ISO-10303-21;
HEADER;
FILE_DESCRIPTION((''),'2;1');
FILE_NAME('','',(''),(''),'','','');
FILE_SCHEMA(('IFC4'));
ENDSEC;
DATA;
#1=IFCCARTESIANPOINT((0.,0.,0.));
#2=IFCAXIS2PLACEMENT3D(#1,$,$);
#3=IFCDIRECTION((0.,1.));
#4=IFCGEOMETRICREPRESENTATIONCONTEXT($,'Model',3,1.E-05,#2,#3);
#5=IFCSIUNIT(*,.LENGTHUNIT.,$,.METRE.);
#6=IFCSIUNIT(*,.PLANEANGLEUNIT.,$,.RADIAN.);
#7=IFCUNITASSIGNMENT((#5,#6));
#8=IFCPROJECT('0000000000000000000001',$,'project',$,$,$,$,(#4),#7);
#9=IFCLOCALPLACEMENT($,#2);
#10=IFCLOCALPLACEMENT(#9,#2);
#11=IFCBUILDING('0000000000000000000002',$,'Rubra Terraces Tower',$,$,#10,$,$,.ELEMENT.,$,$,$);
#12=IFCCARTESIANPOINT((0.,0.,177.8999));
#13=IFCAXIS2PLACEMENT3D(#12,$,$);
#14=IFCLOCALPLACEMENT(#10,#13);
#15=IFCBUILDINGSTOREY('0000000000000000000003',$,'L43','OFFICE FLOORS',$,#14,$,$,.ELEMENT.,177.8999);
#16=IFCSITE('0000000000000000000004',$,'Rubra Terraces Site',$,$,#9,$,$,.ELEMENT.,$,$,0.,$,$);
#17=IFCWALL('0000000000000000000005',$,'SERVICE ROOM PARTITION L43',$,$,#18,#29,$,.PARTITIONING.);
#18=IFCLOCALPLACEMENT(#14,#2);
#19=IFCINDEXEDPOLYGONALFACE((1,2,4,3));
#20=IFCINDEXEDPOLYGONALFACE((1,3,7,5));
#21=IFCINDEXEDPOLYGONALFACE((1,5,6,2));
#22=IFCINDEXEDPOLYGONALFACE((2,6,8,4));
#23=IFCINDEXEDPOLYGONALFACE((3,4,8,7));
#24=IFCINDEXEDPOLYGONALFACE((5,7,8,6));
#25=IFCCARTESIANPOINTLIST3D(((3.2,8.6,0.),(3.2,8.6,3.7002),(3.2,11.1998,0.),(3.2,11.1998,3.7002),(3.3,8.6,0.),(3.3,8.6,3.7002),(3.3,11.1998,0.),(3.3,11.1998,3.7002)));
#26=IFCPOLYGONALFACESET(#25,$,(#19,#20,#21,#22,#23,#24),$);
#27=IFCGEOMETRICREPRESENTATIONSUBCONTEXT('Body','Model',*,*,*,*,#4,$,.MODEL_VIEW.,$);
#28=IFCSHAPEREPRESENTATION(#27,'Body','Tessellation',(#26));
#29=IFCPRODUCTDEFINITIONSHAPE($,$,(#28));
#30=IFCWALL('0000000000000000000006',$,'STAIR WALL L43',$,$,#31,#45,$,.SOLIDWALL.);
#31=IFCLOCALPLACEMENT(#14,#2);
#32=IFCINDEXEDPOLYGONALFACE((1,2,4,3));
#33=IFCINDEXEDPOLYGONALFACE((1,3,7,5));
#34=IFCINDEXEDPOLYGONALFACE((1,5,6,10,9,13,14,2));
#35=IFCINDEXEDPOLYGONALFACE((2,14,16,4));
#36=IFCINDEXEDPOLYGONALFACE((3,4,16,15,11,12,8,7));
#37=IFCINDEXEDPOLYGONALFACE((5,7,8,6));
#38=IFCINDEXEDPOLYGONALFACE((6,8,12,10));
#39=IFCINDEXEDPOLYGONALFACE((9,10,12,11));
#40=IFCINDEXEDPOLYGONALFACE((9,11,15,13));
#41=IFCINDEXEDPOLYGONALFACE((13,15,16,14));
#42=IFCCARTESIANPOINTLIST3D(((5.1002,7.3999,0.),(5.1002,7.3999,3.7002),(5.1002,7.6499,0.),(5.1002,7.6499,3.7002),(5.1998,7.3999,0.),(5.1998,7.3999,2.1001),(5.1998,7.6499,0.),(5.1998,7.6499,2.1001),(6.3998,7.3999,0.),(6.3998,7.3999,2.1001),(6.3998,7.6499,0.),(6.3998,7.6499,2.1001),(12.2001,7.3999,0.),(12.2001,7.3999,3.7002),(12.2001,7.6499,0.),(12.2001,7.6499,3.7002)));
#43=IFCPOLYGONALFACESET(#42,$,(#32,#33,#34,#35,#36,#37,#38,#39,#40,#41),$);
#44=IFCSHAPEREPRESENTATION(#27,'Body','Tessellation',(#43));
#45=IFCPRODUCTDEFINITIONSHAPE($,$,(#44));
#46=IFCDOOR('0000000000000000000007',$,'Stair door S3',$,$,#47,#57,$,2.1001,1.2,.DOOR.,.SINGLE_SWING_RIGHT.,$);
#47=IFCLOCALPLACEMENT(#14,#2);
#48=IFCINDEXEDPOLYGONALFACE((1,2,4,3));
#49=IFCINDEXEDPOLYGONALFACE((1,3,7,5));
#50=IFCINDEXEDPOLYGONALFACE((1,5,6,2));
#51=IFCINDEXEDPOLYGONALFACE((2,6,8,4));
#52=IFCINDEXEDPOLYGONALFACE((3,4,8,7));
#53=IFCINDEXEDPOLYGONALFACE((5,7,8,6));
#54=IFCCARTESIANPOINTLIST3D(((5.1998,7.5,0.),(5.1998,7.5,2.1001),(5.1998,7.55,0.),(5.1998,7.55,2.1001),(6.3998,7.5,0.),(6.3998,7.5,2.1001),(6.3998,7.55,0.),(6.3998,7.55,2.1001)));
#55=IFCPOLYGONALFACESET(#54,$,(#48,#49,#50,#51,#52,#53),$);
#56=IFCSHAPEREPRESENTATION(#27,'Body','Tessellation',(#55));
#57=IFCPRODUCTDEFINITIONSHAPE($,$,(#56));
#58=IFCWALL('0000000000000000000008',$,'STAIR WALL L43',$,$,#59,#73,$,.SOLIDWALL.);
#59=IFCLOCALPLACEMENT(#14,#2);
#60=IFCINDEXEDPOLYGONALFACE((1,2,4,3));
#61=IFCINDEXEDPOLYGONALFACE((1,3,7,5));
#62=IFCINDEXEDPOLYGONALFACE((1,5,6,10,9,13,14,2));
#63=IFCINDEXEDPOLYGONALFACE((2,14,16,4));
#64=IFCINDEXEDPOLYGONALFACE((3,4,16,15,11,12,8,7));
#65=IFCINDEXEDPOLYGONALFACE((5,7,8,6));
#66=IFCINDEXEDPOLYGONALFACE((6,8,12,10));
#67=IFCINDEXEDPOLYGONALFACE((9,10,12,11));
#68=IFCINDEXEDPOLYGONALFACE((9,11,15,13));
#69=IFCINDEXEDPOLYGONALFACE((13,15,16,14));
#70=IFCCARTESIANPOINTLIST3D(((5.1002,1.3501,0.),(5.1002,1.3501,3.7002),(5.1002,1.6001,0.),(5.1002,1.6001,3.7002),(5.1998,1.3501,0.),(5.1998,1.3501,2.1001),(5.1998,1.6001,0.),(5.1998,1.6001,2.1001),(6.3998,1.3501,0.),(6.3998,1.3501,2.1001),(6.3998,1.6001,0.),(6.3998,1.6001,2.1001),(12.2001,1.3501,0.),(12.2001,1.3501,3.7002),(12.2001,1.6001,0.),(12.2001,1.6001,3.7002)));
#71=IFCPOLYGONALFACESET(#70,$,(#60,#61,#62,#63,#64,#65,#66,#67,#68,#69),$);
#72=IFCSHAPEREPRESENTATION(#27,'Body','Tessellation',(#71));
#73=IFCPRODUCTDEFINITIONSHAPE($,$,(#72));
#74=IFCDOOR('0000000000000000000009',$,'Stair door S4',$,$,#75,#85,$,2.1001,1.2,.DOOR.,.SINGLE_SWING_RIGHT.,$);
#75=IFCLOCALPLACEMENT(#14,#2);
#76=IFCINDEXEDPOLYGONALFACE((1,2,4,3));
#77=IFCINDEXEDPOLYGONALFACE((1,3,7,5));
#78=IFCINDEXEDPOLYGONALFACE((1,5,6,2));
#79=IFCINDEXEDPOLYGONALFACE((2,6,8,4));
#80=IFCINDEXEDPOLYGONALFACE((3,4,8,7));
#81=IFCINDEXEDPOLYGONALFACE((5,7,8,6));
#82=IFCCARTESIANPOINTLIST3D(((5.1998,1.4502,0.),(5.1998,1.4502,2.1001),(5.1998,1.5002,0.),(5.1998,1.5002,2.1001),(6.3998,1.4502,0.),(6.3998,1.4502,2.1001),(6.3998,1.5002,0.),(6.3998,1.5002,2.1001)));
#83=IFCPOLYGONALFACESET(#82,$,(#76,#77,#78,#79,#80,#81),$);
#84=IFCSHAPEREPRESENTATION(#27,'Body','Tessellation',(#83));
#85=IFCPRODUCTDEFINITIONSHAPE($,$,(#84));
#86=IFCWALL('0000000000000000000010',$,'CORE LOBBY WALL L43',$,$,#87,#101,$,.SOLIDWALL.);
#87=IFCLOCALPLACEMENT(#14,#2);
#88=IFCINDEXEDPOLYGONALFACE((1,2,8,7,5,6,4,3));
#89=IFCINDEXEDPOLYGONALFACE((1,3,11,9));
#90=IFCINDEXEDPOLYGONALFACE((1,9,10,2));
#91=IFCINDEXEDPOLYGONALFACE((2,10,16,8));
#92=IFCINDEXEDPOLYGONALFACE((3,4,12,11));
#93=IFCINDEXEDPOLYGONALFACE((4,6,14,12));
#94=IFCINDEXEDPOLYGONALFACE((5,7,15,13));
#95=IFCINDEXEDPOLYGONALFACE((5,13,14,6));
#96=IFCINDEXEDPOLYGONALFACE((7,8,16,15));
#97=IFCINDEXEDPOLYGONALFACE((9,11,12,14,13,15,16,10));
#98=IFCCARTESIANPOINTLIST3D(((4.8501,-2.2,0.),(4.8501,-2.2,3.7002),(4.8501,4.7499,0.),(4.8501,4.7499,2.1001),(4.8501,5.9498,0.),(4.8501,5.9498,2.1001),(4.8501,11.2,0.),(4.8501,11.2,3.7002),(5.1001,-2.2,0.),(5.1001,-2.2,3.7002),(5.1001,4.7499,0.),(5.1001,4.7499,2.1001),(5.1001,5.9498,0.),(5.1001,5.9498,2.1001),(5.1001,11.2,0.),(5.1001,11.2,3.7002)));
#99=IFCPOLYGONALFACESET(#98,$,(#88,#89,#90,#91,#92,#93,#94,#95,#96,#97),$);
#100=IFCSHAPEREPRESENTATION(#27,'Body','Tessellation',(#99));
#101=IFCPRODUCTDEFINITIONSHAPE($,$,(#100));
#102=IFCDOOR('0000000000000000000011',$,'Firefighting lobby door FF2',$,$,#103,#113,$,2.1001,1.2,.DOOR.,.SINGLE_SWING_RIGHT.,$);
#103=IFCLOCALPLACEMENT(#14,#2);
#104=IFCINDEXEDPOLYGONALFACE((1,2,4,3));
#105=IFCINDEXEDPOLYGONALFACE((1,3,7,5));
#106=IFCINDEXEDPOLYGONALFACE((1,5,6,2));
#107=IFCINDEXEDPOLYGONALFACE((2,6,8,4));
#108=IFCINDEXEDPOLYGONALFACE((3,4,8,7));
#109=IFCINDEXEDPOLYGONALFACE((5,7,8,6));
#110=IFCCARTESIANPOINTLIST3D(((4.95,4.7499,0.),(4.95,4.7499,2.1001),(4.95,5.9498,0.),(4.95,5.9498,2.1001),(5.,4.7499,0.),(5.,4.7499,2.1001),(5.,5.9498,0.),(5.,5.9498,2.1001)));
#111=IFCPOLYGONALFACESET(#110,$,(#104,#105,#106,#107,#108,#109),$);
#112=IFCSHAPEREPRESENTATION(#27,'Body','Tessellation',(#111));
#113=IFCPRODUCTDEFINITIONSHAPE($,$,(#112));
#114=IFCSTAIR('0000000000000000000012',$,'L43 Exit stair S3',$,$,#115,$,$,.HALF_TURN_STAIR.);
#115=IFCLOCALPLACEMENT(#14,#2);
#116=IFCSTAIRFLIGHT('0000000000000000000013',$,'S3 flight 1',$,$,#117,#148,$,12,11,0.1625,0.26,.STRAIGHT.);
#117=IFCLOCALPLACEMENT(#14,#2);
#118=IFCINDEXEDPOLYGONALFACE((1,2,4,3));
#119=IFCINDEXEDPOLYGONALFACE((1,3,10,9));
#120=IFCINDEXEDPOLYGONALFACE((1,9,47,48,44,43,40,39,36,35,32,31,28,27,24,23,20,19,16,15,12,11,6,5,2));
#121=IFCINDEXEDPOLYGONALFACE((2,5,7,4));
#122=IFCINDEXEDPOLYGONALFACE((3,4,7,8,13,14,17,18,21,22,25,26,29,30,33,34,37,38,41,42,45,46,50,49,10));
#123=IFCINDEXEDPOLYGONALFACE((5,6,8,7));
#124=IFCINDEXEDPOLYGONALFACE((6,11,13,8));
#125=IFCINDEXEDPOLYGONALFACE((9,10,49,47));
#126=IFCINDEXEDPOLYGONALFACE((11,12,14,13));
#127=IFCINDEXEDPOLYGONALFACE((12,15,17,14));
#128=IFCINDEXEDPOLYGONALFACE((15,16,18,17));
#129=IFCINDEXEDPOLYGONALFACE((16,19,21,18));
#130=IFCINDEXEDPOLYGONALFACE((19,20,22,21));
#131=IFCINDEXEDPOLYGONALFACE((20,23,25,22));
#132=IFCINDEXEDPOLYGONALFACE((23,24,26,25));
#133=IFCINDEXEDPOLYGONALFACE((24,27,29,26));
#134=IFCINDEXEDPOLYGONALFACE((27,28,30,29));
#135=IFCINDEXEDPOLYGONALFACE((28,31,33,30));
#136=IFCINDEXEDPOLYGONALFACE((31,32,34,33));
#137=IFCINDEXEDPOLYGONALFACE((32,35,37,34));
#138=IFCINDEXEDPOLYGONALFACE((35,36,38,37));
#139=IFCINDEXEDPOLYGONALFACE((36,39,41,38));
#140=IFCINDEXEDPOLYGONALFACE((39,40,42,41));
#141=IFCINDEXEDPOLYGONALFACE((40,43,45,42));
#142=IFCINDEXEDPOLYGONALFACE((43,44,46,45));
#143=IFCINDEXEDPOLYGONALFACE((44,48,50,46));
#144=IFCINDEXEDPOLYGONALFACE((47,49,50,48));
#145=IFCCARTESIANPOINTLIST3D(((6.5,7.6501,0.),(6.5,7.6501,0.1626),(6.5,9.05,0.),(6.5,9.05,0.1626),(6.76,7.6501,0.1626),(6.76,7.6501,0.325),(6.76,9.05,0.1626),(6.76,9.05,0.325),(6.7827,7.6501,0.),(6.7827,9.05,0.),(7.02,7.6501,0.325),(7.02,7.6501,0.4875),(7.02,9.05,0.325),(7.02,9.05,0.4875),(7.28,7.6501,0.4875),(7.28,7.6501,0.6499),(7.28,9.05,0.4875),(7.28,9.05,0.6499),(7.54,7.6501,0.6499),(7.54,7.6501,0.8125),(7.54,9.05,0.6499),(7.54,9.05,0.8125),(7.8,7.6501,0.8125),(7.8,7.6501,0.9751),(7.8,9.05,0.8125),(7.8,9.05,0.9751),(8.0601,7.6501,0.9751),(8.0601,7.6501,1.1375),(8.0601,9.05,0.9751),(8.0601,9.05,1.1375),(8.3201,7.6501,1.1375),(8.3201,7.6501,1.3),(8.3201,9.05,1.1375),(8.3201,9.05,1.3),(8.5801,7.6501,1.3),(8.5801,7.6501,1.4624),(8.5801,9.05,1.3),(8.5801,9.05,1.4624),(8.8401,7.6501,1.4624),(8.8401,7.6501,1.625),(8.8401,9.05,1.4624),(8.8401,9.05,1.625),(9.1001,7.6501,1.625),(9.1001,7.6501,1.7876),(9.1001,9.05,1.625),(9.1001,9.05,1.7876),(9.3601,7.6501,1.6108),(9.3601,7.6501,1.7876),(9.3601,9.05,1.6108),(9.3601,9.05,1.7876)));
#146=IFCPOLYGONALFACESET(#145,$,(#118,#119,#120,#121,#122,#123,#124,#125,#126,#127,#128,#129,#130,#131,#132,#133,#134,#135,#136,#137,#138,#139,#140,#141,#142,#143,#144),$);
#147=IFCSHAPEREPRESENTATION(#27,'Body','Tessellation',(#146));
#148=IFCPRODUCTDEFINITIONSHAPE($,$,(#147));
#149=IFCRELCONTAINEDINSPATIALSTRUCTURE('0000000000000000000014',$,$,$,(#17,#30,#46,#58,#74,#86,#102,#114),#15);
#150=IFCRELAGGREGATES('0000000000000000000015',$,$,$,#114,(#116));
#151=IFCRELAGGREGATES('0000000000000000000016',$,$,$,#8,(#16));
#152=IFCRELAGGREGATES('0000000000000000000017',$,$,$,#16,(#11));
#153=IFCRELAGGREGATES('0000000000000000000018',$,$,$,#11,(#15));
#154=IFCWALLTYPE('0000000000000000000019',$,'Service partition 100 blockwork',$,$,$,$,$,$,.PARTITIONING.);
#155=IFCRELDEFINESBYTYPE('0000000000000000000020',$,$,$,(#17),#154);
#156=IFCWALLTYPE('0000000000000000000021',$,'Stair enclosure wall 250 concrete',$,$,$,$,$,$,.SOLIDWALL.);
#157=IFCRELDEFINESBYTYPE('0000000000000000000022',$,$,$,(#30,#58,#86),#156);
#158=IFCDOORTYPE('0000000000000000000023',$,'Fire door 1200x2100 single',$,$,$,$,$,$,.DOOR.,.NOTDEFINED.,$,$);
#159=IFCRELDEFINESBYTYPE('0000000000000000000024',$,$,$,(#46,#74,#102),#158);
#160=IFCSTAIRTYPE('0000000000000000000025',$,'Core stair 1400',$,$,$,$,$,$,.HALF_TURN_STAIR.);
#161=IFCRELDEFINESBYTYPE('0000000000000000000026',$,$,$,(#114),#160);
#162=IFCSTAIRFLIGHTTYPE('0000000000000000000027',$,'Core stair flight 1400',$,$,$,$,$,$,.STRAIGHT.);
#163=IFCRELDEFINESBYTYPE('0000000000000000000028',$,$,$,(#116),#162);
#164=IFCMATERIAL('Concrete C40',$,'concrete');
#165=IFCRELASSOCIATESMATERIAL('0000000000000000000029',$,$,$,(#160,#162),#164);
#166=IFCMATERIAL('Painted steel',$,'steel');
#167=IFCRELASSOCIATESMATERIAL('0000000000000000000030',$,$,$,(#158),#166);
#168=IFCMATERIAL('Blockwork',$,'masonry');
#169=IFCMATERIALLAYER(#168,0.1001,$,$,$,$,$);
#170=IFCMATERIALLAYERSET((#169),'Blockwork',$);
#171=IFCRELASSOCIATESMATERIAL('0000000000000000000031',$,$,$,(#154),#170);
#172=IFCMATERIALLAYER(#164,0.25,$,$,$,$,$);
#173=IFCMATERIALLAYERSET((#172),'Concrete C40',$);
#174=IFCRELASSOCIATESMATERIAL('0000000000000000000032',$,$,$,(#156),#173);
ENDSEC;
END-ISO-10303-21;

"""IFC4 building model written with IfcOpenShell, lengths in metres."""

from ifc_helpers import new_model, si_unit, direction, frame, frame_2d, origin, place, context, subcontext, project, spatial, polyline, rectangle, outline, extrude, material, layer, layer_set, type_object, element, fill, aggregate, save


model = new_model("IFC4")

# Units and contexts
model_context = context("Model", 3, precision=1e-05, world=origin(), true_north=direction((0.0, 1.0)))
body_context = subcontext(model_context, "Body", "Model", "MODEL_VIEW")
ifc_project = project(units=[si_unit("LENGTHUNIT", "METRE"), si_unit("PLANEANGLEUNIT", "RADIAN")], contexts=[model_context])

# Site, building, storey
site_placement = place(None, origin())
site = spatial("IfcSite", under=ifc_project, at=site_placement, Name="Rubra Terraces Site", CompositionType="ELEMENT", RefElevation=0.0)
building_placement = place(site_placement, origin())
building = spatial("IfcBuilding", under=site, at=building_placement, Name="Rubra Terraces Tower", CompositionType="ELEMENT")
storey_placement = place(building_placement, frame((0.0, 0.0, 177.8999)))
storey = spatial("IfcBuildingStorey", under=building, at=storey_placement, Name="L43", Description="OFFICE FLOORS", CompositionType="ELEMENT", Elevation=177.8999)

# Shared definitions
ifc_material_1 = material(Name="Concrete C40", Category="concrete")
stair_type = type_object("IfcStairType", Name="Core stair 1400", PredefinedType="HALF_TURN_STAIR", material=ifc_material_1)

# Shared definitions
ifc_material_2 = material(Name="Painted steel", Category="steel")
door_type_1 = type_object("IfcDoorType", Name="Fire door 1200x2100 single", OperationType="NOTDEFINED", PredefinedType="DOOR", material=ifc_material_2)

# Wall
ifc_material_3 = material(Name="Blockwork", Category="masonry")
ifc_layer_1 = layer(ifc_material_3, 0.1001)
ifc_layer_set_1 = layer_set([ifc_layer_1], Name="Blockwork")
wall_type_1 = type_object("IfcWallType", Name="Service partition 100 blockwork", PredefinedType="PARTITIONING", material=ifc_layer_set_1)
for number, where, z_axis, x_axis, name in (
    (1, (3.25, 8.6001, 0.0), (0.0, 0.0, 1.0), (0.0, 1.0, 0.0), "SERVICE ROOM PARTITION L43"),
):
    element("IfcWall", number, at=place(storey_placement, frame(where, z_axis=z_axis, x_axis=x_axis)), inside=storey, type_object=wall_type_1, Name=name, PredefinedType="PARTITIONING", context=body_context, shape_type="SweptSolid", body=[
        extrude(rectangle(XDim=2.5999, YDim=0.1001, at=frame_2d((1.2998, 0.0))), origin(), (0.0, 0.0, 1.0), 3.7002),
    ])

# Walls, openings, doors
ifc_layer_2 = layer(ifc_material_1, 0.25)
ifc_layer_set_2 = layer_set([ifc_layer_2], Name="Concrete C40")
wall_type_2 = type_object("IfcWallType", Name="Stair enclosure wall 250 concrete", PredefinedType="SOLIDWALL", material=ifc_layer_set_2)
wall_1_placement = place(storey_placement, frame((12.2, 7.5249, 0.0), z_axis=(0.0, 0.0, 1.0), x_axis=(-1.0, 0.0, 0.0)))
wall_1 = element("IfcWall", 2, at=wall_1_placement, inside=storey, type_object=wall_type_2, Name="STAIR WALL L43", PredefinedType="SOLIDWALL", context=body_context, shape_type="SweptSolid", body=[
    extrude(rectangle(XDim=7.0999, YDim=0.25, at=frame_2d((3.5498, 0.0))), origin(), (0.0, 0.0, 1.0), 3.7002),
])
opening_1_placement = place(wall_1_placement, frame((5.8, 0.0, 0.0)))
opening_1 = element("IfcOpeningElement", 3, at=opening_1_placement, cuts=wall_1, PredefinedType="OPENING", context=body_context, shape_type="SweptSolid", body=[
    extrude(rectangle(XDim=1.2, YDim=2.1001, at=frame_2d((0.6001, 1.05))), frame((0.0, 0.135, 0.0), z_axis=(0.0, -1.0, 0.0), x_axis=(1.0, 0.0, 0.0)), (0.0, 0.0, 1.0), 0.27),
])
door_1_placement = place(opening_1_placement, origin())
door_1 = element("IfcDoor", 4, at=door_1_placement, inside=storey, type_object=door_type_1, Name="Stair door S3", OperationType="SINGLE_SWING_RIGHT", OverallHeight=2.1001, OverallWidth=1.2, PredefinedType="DOOR", context=body_context, shape_type="SweptSolid", body=[
    extrude(rectangle(XDim=1.2, YDim=2.1001, at=frame_2d((0.6001, 1.05))), frame((0.0, 0.0249, 0.0), z_axis=(0.0, -1.0, 0.0), x_axis=(1.0, 0.0, 0.0)), (0.0, 0.0, 1.0), 0.05),
])
fill(opening_1, door_1)
wall_2_placement = place(storey_placement, frame((12.2, 1.4751, 0.0), z_axis=(0.0, 0.0, 1.0), x_axis=(-1.0, 0.0, 0.0)))
wall_2 = element("IfcWall", 5, at=wall_2_placement, inside=storey, type_object=wall_type_2, Name="STAIR WALL L43", PredefinedType="SOLIDWALL", context=body_context, shape_type="SweptSolid", body=[
    extrude(rectangle(XDim=7.0999, YDim=0.25, at=frame_2d((3.5498, 0.0))), origin(), (0.0, 0.0, 1.0), 3.7002),
])
opening_2_placement = place(wall_2_placement, frame((5.8, 0.0, 0.0)))
opening_2 = element("IfcOpeningElement", 6, at=opening_2_placement, cuts=wall_2, PredefinedType="OPENING", context=body_context, shape_type="SweptSolid", body=[
    extrude(rectangle(XDim=1.2, YDim=2.1001, at=frame_2d((0.6001, 1.05))), frame((0.0, 0.135, 0.0), z_axis=(0.0, -1.0, 0.0), x_axis=(1.0, 0.0, 0.0)), (0.0, 0.0, 1.0), 0.27),
])
door_2_placement = place(opening_2_placement, origin())
door_2 = element("IfcDoor", 7, at=door_2_placement, inside=storey, type_object=door_type_1, Name="Stair door S4", OperationType="SINGLE_SWING_RIGHT", OverallHeight=2.1001, OverallWidth=1.2, PredefinedType="DOOR", context=body_context, shape_type="SweptSolid", body=[
    extrude(rectangle(XDim=1.2, YDim=2.1001, at=frame_2d((0.6001, 1.05))), frame((0.0, 0.0249, 0.0), z_axis=(0.0, -1.0, 0.0), x_axis=(1.0, 0.0, 0.0)), (0.0, 0.0, 1.0), 0.05),
])
fill(opening_2, door_2)
wall_3_placement = place(storey_placement, frame((4.9751, 11.2, 0.0), z_axis=(0.0, 0.0, 1.0), x_axis=(0.0, -1.0, 0.0)))
wall_3 = element("IfcWall", 8, at=wall_3_placement, inside=storey, type_object=wall_type_2, Name="CORE LOBBY WALL L43", PredefinedType="SOLIDWALL", context=body_context, shape_type="SweptSolid", body=[
    extrude(rectangle(XDim=13.3999, YDim=0.25, at=frame_2d((6.7, 0.0))), origin(), (0.0, 0.0, 1.0), 3.7002),
])
opening_3_placement = place(wall_3_placement, frame((5.25, 0.0, 0.0)))
opening_3 = element("IfcOpeningElement", 9, at=opening_3_placement, cuts=wall_3, PredefinedType="OPENING", context=body_context, shape_type="SweptSolid", body=[
    extrude(rectangle(XDim=1.2, YDim=2.1001, at=frame_2d((0.6001, 1.05))), frame((0.0, 0.135, 0.0), z_axis=(0.0, -1.0, 0.0), x_axis=(1.0, 0.0, 0.0)), (0.0, 0.0, 1.0), 0.27),
])
door_3_placement = place(opening_3_placement, origin())
door_3 = element("IfcDoor", 10, at=door_3_placement, inside=storey, type_object=door_type_1, Name="Firefighting lobby door FF2", OperationType="SINGLE_SWING_RIGHT", OverallHeight=2.1001, OverallWidth=1.2, PredefinedType="DOOR", context=body_context, shape_type="SweptSolid", body=[
    extrude(rectangle(XDim=1.2, YDim=2.1001, at=frame_2d((0.6001, 1.05))), frame((0.0, 0.0249, 0.0), z_axis=(0.0, -1.0, 0.0), x_axis=(1.0, 0.0, 0.0)), (0.0, 0.0, 1.0), 0.05),
])
fill(opening_3, door_3)

# Stair, stair flight
stair_1_placement = place(storey_placement, origin())
stair_1 = element("IfcStair", 11, at=stair_1_placement, inside=storey, type_object=stair_type, Name="L43 Exit stair S3", PredefinedType="HALF_TURN_STAIR")
stair_flight_type = type_object("IfcStairFlightType", Name="Core stair flight 1400", PredefinedType="STRAIGHT", material=ifc_material_1)
stair_flight_1_placement = place(storey_placement, frame((6.5, 8.3501, 0.0), z_axis=(0.0, 0.0, 1.0), x_axis=(1.0, 0.0, 0.0)))
stair_flight_1 = element("IfcStairFlight", 12, at=stair_flight_1_placement, type_object=stair_flight_type, Name="S3 flight 1", NumberOfRisers=12, NumberOfTreads=11, PredefinedType="STRAIGHT", RiserHeight=0.1625, TreadLength=0.26, context=body_context, shape_type="SweptSolid", body=[
    extrude(outline(polyline([(0.0, 0.0), (0.0, 0.1626), (0.26, 0.1626), (0.26, 0.325), (0.52, 0.325), (0.52, 0.4875), (0.78, 0.4875), (0.78, 0.6499), (1.04, 0.6499), (1.04, 0.8125), (1.3, 0.8125), (1.3, 0.9751), (1.5601, 0.9751), (1.5601, 1.1375), (1.8201, 1.1375), (1.8201, 1.3), (2.0801, 1.3), (2.0801, 1.4624), (2.3401, 1.4624), (2.3401, 1.625), (2.6001, 1.625), (2.6001, 1.7876), (2.8601, 1.7876), (2.8601, 1.95), (2.8601, 1.6108), (0.2827, 0.0), (0.0, 0.0)])), frame((0.0, 0.7, 0.0), z_axis=(0.0, -1.0, 0.0), x_axis=(1.0, 0.0, 0.0)), (0.0, 0.0, 1.0), 1.3999),
])
aggregate(stair_1, [stair_flight_1])

save(model, "model.ifc")
